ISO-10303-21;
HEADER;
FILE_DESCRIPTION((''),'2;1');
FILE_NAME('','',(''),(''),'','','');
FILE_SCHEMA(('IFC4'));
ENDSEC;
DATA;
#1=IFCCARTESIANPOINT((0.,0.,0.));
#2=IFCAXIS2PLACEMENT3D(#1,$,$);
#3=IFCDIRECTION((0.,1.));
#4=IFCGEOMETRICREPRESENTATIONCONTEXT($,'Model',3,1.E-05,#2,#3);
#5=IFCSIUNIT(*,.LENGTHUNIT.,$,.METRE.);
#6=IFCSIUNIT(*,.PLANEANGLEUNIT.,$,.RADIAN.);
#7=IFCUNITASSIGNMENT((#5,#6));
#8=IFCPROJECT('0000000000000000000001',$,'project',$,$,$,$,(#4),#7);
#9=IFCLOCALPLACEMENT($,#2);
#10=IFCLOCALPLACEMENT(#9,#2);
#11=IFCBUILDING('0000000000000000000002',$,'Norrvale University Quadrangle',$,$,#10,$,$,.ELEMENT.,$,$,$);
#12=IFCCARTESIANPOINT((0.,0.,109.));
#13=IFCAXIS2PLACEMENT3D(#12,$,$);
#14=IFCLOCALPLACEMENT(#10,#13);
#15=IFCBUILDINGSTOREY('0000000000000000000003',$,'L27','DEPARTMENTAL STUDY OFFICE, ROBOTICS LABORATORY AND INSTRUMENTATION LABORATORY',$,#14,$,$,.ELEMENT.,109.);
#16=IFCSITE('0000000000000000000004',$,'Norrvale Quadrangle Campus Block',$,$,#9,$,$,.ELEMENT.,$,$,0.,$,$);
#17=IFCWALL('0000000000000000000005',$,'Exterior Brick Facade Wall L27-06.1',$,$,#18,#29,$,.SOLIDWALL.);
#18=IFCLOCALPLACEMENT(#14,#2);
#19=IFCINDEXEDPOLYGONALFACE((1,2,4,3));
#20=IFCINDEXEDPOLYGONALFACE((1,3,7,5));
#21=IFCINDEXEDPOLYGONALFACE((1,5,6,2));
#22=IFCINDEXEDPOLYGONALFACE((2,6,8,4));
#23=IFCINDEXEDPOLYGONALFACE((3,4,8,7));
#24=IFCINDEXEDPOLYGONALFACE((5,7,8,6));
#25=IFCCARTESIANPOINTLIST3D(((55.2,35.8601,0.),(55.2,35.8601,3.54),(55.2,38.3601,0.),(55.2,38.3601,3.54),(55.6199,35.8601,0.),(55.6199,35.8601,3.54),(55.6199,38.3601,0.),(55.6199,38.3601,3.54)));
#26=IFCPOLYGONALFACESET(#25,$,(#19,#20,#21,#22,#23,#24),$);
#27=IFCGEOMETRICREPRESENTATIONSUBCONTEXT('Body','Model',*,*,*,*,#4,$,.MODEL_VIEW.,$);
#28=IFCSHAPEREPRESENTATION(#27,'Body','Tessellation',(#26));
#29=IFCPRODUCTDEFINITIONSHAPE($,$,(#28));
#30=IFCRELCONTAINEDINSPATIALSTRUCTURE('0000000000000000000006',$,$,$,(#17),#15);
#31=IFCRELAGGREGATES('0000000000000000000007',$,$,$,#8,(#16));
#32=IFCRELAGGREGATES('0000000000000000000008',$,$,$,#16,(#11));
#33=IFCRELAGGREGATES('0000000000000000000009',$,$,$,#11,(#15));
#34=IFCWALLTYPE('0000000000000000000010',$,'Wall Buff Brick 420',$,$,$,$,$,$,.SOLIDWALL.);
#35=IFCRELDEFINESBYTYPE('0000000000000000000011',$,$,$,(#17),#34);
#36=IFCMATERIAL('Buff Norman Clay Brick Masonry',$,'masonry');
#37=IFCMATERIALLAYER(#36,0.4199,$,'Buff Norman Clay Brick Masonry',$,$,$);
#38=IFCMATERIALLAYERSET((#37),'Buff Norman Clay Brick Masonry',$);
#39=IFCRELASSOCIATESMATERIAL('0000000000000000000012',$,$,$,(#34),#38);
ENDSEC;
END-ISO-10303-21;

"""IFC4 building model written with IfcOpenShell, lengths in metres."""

from ifc_helpers import new_model, si_unit, direction, frame, frame_2d, origin, place, context, subcontext, project, spatial, rectangle, extrude, material, layer, layer_set, type_object, element, save


model = new_model("IFC4")

# Units and contexts
model_context = context("Model", 3, precision=1e-05, world=origin(), true_north=direction((0.0, 1.0)))
body_context = subcontext(model_context, "Body", "Model", "MODEL_VIEW")
ifc_project = project(units=[si_unit("LENGTHUNIT", "METRE"), si_unit("PLANEANGLEUNIT", "RADIAN")], contexts=[model_context])

# Site, building, storey
site_placement = place(None, origin())
site = spatial("IfcSite", under=ifc_project, at=site_placement, Name="Norrvale Quadrangle Campus Block", CompositionType="ELEMENT", RefElevation=0.0)
building_placement = place(site_placement, origin())
building = spatial("IfcBuilding", under=site, at=building_placement, Name="Norrvale University Quadrangle", CompositionType="ELEMENT")
storey_placement = place(building_placement, frame((0.0, 0.0, 109.0)))
storey = spatial("IfcBuildingStorey", under=building, at=storey_placement, Name="L27", Description="DEPARTMENTAL STUDY OFFICE, ROBOTICS LABORATORY AND INSTRUMENTATION LABORATORY", CompositionType="ELEMENT", Elevation=109.0)

# Wall
ifc_material_1 = material(Name="Buff Norman Clay Brick Masonry", Category="masonry")
ifc_layer = layer(ifc_material_1, 0.4199, Name="Buff Norman Clay Brick Masonry")
ifc_layer_set = layer_set([ifc_layer], Name="Buff Norman Clay Brick Masonry")
wall_type = type_object("IfcWallType", Name="Wall Buff Brick 420", PredefinedType="SOLIDWALL", material=ifc_layer_set)
for number, where, z_axis, x_axis, name in (
    (1, (55.4099, 35.8601, 0.0), (0.0, 0.0, 1.0), (0.0, 1.0, 0.0), "Exterior Brick Facade Wall L27-06.1"),
):
    element("IfcWall", number, at=place(storey_placement, frame(where, z_axis=z_axis, x_axis=x_axis)), inside=storey, type_object=wall_type, Name=name, PredefinedType="SOLIDWALL", context=body_context, shape_type="SweptSolid", body=[
        extrude(rectangle(XDim=2.5, YDim=0.4199, at=frame_2d((1.25, 0.0))), origin(), (0.0, 0.0, 1.0), 3.54),
    ])

save(model, "model.ifc")
